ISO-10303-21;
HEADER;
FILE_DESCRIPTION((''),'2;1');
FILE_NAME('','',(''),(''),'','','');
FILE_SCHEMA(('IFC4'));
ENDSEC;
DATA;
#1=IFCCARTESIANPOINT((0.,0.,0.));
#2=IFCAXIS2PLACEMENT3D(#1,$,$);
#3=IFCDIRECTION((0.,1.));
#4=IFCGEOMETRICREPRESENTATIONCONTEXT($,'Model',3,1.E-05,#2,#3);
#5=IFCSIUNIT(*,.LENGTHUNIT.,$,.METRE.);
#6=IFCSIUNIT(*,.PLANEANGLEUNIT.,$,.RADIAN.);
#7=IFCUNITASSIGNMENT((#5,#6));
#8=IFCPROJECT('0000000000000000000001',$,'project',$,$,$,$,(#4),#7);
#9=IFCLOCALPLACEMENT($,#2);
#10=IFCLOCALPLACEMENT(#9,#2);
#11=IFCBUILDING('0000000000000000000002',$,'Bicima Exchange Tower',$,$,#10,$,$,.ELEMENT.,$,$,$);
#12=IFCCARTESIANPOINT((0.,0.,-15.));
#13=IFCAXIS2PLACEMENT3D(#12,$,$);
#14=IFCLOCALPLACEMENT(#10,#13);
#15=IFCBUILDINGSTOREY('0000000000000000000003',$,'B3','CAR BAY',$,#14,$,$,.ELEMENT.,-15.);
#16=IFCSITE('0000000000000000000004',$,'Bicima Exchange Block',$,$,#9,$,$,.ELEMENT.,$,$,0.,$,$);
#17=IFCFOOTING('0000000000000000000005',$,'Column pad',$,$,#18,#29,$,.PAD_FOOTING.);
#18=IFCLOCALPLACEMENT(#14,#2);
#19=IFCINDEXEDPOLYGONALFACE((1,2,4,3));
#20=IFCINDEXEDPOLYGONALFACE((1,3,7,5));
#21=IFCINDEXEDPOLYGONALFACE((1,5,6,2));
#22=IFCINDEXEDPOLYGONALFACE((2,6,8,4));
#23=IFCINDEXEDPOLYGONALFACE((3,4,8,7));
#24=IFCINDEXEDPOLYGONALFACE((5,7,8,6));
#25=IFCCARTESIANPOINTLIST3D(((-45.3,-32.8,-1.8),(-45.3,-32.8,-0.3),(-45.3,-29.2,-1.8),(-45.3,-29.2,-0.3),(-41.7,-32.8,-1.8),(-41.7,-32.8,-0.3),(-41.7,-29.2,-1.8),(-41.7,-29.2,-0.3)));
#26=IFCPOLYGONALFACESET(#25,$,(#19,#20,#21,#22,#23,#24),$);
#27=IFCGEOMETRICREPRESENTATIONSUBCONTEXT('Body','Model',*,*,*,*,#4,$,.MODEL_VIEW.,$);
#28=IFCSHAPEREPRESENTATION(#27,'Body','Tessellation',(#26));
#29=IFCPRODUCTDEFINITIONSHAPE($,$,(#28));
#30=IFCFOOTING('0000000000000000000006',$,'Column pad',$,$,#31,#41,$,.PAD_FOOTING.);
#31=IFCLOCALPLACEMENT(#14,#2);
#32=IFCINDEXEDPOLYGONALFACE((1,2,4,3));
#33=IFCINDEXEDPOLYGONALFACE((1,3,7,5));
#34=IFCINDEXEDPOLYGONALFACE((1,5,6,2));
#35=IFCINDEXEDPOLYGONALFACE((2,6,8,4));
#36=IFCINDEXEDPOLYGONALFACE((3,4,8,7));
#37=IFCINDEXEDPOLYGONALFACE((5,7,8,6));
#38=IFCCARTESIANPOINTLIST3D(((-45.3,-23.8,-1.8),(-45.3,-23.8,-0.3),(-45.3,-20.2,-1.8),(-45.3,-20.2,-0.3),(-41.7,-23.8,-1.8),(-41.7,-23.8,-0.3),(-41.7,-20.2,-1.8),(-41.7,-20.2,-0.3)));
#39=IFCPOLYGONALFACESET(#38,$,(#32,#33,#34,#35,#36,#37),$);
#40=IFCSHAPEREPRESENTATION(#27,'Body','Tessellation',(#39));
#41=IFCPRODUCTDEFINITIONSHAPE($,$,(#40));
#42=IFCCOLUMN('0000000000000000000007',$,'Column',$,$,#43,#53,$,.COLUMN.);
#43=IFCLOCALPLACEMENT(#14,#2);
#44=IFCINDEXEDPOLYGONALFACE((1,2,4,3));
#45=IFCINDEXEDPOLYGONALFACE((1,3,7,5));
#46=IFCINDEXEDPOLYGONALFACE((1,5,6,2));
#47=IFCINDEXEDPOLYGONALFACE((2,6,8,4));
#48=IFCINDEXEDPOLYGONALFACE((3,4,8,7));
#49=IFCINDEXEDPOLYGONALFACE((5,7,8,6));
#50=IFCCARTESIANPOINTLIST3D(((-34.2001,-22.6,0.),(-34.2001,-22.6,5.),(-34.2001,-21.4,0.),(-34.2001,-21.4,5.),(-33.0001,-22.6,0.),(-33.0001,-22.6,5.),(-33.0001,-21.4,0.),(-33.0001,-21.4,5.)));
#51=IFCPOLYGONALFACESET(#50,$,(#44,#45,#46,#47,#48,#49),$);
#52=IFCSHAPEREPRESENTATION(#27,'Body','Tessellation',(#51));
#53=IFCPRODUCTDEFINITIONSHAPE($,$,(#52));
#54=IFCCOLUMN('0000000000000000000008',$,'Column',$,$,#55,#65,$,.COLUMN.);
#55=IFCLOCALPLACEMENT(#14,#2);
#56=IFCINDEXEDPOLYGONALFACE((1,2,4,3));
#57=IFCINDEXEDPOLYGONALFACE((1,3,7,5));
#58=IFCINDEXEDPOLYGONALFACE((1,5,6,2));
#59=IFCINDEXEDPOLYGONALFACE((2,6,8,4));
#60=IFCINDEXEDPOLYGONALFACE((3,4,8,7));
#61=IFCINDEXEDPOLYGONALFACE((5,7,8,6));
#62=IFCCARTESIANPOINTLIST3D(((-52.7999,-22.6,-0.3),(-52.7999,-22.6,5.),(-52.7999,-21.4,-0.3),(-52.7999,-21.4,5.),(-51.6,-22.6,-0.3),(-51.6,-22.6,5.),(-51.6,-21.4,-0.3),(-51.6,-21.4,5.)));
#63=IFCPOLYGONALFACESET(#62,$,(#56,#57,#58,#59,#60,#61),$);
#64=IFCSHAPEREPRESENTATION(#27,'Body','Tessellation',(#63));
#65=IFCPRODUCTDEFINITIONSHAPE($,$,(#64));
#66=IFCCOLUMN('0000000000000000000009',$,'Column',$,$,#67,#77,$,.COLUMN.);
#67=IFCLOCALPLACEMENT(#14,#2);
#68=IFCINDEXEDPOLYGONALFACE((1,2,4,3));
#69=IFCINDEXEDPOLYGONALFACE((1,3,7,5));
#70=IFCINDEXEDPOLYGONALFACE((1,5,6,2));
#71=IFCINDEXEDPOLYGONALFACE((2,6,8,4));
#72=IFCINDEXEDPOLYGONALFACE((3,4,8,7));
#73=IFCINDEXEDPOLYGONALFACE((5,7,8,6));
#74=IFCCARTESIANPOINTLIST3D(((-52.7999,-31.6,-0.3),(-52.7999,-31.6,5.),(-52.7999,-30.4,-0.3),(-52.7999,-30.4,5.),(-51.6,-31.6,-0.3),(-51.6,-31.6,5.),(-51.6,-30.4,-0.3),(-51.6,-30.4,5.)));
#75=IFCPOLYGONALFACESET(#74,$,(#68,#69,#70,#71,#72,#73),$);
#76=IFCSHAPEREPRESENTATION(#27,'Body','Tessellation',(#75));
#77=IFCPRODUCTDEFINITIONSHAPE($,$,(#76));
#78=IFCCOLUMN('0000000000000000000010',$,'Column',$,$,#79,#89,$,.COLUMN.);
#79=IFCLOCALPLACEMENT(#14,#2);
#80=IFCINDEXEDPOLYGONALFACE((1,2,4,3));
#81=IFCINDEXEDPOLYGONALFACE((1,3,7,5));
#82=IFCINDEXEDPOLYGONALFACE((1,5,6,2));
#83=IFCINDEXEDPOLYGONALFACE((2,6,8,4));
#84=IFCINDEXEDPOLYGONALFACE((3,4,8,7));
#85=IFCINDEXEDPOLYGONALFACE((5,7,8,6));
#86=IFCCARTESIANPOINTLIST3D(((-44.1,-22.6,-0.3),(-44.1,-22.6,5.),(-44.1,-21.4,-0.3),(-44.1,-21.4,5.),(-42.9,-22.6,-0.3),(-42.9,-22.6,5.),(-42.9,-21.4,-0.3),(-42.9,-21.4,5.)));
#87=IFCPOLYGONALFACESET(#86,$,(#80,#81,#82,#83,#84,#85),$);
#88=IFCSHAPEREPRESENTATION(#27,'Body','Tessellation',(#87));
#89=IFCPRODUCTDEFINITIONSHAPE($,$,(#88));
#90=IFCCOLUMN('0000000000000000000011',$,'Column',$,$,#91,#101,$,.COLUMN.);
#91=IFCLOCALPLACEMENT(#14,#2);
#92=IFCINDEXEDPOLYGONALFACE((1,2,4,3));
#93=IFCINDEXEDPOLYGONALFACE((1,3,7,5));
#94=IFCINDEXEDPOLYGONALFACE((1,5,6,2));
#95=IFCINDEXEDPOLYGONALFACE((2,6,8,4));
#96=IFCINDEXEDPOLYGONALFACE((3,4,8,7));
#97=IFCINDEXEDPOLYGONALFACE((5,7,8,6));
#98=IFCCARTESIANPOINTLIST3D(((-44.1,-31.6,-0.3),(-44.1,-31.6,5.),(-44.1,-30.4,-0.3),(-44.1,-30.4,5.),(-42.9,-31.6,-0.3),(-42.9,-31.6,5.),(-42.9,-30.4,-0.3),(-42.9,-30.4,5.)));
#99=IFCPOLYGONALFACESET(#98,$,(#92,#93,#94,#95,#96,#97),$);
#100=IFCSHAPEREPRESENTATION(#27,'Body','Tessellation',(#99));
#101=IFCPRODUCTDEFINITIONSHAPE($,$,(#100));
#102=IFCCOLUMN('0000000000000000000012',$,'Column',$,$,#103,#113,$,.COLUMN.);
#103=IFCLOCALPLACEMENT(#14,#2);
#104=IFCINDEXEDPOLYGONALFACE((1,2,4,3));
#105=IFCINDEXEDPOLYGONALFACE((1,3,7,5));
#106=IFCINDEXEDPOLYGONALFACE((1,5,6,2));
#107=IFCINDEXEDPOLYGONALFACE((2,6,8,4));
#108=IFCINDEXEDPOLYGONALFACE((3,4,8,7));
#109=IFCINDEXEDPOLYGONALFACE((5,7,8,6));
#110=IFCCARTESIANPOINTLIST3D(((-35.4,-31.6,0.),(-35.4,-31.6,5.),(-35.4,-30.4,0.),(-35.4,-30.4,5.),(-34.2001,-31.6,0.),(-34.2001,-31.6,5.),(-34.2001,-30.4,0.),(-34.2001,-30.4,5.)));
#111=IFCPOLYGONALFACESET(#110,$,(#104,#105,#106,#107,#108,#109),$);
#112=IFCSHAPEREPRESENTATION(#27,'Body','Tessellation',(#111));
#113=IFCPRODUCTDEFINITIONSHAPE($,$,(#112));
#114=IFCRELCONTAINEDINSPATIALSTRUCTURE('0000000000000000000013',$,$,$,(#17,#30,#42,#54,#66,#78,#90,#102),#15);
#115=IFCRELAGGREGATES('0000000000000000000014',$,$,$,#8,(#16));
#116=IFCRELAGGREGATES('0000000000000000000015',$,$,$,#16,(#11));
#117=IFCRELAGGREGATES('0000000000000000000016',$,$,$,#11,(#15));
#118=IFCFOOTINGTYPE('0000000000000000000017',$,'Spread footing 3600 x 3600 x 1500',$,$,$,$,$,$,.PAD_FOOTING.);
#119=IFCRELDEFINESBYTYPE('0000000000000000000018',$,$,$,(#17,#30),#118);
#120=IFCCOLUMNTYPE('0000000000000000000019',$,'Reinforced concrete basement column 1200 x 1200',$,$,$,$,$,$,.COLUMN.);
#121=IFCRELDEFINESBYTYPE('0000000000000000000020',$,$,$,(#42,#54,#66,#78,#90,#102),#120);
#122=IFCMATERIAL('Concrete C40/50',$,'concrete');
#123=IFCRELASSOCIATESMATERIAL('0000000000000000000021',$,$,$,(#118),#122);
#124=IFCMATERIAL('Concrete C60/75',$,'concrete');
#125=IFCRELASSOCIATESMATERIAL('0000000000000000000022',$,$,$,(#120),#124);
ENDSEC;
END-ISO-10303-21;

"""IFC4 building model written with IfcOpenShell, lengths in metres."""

from ifc_helpers import new_model, si_unit, direction, frame, origin, origin_2d, place, context, subcontext, project, spatial, rectangle, extrude, material, material_profile, profile_set, type_object, element, save


model = new_model("IFC4")

# Units and contexts
model_context = context("Model", 3, precision=1e-05, world=origin(), true_north=direction((0.0, 1.0)))
body_context = subcontext(model_context, "Body", "Model", "MODEL_VIEW")
ifc_project = project(units=[si_unit("LENGTHUNIT", "METRE"), si_unit("PLANEANGLEUNIT", "RADIAN")], contexts=[model_context])

# Site, building, storey
site_placement = place(None, origin())
site = spatial("IfcSite", under=ifc_project, at=site_placement, Name="Bicima Exchange Block", CompositionType="ELEMENT", RefElevation=0.0)
building_placement = place(site_placement, origin())
building = spatial("IfcBuilding", under=site, at=building_placement, Name="Bicima Exchange Tower", CompositionType="ELEMENT")
storey_placement = place(building_placement, frame((0.0, 0.0, -15.0)))
storey = spatial("IfcBuildingStorey", under=building, at=storey_placement, Name="B3", Description="CAR BAY", CompositionType="ELEMENT", Elevation=-15.0)

# Footings
ifc_material_1 = material(Name="Concrete C40/50", Category="concrete")
footing_type = type_object("IfcFootingType", Name="Spread footing 3600 x 3600 x 1500", PredefinedType="PAD_FOOTING", material=ifc_material_1)
for number, where, z_axis, x_axis, name in (
    (1, (-43.5, -31.0, -1.8), (0.0, 0.0, 1.0), (1.0, 0.0, 0.0), "Column pad"),
    (2, (-43.5, -22.0, -1.8), (0.0, 0.0, 1.0), (1.0, 0.0, 0.0), "Column pad"),
):
    element("IfcFooting", number, at=place(storey_placement, frame(where, z_axis=z_axis, x_axis=x_axis)), inside=storey, type_object=footing_type, Name=name, PredefinedType="PAD_FOOTING", context=body_context, shape_type="SweptSolid", body=[
        extrude(rectangle(XDim=3.6001, YDim=3.6001, at=origin_2d()), origin(), (0.0, 0.0, 1.0), 1.5),
    ])

# Columns
ifc_material_2 = material(Name="Concrete C60/75", Category="concrete")
ifc_material_profile_1 = material_profile(ifc_material_2, rectangle(XDim=1.2, YDim=1.2, at=origin_2d()))
ifc_profile_set_1 = profile_set([ifc_material_profile_1], Name="Concrete C60/75")
column_type = type_object("IfcColumnType", Name="Reinforced concrete basement column 1200 x 1200", PredefinedType="COLUMN", material=ifc_profile_set_1)
column_1_placement = place(storey_placement, frame((-33.6001, -22.0, 0.0), z_axis=(0.0, 0.0, 1.0), x_axis=(1.0, 0.0, 0.0)))
element("IfcColumn", 3, at=column_1_placement, inside=storey, type_object=column_type, Name="Column", PredefinedType="COLUMN", context=body_context, shape_type="SweptSolid", body=[
    extrude(rectangle(XDim=1.2, YDim=1.2, at=origin_2d()), origin(), (0.0, 0.0, 1.0), 5.0),
])
for number, where, z_axis, x_axis, name in (
    (4, (-52.2, -22.0, -0.3), (0.0, 0.0, 1.0), (1.0, 0.0, 0.0), "Column"),
    (5, (-52.2, -31.0, -0.3), (0.0, 0.0, 1.0), (1.0, 0.0, 0.0), "Column"),
    (6, (-43.5, -22.0, -0.3), (0.0, 0.0, 1.0), (1.0, 0.0, 0.0), "Column"),
    (7, (-43.5, -31.0, -0.3), (0.0, 0.0, 1.0), (1.0, 0.0, 0.0), "Column"),
):
    element("IfcColumn", number, at=place(storey_placement, frame(where, z_axis=z_axis, x_axis=x_axis)), inside=storey, type_object=column_type, Name=name, PredefinedType="COLUMN", context=body_context, shape_type="SweptSolid", body=[
        extrude(rectangle(XDim=1.2, YDim=1.2, at=origin_2d()), origin(), (0.0, 0.0, 1.0), 5.3),
    ])
column_2_placement = place(storey_placement, frame((-34.8, -31.0, 0.0), z_axis=(0.0, 0.0, 1.0), x_axis=(1.0, 0.0, 0.0)))
element("IfcColumn", 8, at=column_2_placement, inside=storey, type_object=column_type, Name="Column", PredefinedType="COLUMN", context=body_context, shape_type="SweptSolid", body=[
    extrude(rectangle(XDim=1.2, YDim=1.2, at=origin_2d()), origin(), (0.0, 0.0, 1.0), 5.0),
])

save(model, "model.ifc")
